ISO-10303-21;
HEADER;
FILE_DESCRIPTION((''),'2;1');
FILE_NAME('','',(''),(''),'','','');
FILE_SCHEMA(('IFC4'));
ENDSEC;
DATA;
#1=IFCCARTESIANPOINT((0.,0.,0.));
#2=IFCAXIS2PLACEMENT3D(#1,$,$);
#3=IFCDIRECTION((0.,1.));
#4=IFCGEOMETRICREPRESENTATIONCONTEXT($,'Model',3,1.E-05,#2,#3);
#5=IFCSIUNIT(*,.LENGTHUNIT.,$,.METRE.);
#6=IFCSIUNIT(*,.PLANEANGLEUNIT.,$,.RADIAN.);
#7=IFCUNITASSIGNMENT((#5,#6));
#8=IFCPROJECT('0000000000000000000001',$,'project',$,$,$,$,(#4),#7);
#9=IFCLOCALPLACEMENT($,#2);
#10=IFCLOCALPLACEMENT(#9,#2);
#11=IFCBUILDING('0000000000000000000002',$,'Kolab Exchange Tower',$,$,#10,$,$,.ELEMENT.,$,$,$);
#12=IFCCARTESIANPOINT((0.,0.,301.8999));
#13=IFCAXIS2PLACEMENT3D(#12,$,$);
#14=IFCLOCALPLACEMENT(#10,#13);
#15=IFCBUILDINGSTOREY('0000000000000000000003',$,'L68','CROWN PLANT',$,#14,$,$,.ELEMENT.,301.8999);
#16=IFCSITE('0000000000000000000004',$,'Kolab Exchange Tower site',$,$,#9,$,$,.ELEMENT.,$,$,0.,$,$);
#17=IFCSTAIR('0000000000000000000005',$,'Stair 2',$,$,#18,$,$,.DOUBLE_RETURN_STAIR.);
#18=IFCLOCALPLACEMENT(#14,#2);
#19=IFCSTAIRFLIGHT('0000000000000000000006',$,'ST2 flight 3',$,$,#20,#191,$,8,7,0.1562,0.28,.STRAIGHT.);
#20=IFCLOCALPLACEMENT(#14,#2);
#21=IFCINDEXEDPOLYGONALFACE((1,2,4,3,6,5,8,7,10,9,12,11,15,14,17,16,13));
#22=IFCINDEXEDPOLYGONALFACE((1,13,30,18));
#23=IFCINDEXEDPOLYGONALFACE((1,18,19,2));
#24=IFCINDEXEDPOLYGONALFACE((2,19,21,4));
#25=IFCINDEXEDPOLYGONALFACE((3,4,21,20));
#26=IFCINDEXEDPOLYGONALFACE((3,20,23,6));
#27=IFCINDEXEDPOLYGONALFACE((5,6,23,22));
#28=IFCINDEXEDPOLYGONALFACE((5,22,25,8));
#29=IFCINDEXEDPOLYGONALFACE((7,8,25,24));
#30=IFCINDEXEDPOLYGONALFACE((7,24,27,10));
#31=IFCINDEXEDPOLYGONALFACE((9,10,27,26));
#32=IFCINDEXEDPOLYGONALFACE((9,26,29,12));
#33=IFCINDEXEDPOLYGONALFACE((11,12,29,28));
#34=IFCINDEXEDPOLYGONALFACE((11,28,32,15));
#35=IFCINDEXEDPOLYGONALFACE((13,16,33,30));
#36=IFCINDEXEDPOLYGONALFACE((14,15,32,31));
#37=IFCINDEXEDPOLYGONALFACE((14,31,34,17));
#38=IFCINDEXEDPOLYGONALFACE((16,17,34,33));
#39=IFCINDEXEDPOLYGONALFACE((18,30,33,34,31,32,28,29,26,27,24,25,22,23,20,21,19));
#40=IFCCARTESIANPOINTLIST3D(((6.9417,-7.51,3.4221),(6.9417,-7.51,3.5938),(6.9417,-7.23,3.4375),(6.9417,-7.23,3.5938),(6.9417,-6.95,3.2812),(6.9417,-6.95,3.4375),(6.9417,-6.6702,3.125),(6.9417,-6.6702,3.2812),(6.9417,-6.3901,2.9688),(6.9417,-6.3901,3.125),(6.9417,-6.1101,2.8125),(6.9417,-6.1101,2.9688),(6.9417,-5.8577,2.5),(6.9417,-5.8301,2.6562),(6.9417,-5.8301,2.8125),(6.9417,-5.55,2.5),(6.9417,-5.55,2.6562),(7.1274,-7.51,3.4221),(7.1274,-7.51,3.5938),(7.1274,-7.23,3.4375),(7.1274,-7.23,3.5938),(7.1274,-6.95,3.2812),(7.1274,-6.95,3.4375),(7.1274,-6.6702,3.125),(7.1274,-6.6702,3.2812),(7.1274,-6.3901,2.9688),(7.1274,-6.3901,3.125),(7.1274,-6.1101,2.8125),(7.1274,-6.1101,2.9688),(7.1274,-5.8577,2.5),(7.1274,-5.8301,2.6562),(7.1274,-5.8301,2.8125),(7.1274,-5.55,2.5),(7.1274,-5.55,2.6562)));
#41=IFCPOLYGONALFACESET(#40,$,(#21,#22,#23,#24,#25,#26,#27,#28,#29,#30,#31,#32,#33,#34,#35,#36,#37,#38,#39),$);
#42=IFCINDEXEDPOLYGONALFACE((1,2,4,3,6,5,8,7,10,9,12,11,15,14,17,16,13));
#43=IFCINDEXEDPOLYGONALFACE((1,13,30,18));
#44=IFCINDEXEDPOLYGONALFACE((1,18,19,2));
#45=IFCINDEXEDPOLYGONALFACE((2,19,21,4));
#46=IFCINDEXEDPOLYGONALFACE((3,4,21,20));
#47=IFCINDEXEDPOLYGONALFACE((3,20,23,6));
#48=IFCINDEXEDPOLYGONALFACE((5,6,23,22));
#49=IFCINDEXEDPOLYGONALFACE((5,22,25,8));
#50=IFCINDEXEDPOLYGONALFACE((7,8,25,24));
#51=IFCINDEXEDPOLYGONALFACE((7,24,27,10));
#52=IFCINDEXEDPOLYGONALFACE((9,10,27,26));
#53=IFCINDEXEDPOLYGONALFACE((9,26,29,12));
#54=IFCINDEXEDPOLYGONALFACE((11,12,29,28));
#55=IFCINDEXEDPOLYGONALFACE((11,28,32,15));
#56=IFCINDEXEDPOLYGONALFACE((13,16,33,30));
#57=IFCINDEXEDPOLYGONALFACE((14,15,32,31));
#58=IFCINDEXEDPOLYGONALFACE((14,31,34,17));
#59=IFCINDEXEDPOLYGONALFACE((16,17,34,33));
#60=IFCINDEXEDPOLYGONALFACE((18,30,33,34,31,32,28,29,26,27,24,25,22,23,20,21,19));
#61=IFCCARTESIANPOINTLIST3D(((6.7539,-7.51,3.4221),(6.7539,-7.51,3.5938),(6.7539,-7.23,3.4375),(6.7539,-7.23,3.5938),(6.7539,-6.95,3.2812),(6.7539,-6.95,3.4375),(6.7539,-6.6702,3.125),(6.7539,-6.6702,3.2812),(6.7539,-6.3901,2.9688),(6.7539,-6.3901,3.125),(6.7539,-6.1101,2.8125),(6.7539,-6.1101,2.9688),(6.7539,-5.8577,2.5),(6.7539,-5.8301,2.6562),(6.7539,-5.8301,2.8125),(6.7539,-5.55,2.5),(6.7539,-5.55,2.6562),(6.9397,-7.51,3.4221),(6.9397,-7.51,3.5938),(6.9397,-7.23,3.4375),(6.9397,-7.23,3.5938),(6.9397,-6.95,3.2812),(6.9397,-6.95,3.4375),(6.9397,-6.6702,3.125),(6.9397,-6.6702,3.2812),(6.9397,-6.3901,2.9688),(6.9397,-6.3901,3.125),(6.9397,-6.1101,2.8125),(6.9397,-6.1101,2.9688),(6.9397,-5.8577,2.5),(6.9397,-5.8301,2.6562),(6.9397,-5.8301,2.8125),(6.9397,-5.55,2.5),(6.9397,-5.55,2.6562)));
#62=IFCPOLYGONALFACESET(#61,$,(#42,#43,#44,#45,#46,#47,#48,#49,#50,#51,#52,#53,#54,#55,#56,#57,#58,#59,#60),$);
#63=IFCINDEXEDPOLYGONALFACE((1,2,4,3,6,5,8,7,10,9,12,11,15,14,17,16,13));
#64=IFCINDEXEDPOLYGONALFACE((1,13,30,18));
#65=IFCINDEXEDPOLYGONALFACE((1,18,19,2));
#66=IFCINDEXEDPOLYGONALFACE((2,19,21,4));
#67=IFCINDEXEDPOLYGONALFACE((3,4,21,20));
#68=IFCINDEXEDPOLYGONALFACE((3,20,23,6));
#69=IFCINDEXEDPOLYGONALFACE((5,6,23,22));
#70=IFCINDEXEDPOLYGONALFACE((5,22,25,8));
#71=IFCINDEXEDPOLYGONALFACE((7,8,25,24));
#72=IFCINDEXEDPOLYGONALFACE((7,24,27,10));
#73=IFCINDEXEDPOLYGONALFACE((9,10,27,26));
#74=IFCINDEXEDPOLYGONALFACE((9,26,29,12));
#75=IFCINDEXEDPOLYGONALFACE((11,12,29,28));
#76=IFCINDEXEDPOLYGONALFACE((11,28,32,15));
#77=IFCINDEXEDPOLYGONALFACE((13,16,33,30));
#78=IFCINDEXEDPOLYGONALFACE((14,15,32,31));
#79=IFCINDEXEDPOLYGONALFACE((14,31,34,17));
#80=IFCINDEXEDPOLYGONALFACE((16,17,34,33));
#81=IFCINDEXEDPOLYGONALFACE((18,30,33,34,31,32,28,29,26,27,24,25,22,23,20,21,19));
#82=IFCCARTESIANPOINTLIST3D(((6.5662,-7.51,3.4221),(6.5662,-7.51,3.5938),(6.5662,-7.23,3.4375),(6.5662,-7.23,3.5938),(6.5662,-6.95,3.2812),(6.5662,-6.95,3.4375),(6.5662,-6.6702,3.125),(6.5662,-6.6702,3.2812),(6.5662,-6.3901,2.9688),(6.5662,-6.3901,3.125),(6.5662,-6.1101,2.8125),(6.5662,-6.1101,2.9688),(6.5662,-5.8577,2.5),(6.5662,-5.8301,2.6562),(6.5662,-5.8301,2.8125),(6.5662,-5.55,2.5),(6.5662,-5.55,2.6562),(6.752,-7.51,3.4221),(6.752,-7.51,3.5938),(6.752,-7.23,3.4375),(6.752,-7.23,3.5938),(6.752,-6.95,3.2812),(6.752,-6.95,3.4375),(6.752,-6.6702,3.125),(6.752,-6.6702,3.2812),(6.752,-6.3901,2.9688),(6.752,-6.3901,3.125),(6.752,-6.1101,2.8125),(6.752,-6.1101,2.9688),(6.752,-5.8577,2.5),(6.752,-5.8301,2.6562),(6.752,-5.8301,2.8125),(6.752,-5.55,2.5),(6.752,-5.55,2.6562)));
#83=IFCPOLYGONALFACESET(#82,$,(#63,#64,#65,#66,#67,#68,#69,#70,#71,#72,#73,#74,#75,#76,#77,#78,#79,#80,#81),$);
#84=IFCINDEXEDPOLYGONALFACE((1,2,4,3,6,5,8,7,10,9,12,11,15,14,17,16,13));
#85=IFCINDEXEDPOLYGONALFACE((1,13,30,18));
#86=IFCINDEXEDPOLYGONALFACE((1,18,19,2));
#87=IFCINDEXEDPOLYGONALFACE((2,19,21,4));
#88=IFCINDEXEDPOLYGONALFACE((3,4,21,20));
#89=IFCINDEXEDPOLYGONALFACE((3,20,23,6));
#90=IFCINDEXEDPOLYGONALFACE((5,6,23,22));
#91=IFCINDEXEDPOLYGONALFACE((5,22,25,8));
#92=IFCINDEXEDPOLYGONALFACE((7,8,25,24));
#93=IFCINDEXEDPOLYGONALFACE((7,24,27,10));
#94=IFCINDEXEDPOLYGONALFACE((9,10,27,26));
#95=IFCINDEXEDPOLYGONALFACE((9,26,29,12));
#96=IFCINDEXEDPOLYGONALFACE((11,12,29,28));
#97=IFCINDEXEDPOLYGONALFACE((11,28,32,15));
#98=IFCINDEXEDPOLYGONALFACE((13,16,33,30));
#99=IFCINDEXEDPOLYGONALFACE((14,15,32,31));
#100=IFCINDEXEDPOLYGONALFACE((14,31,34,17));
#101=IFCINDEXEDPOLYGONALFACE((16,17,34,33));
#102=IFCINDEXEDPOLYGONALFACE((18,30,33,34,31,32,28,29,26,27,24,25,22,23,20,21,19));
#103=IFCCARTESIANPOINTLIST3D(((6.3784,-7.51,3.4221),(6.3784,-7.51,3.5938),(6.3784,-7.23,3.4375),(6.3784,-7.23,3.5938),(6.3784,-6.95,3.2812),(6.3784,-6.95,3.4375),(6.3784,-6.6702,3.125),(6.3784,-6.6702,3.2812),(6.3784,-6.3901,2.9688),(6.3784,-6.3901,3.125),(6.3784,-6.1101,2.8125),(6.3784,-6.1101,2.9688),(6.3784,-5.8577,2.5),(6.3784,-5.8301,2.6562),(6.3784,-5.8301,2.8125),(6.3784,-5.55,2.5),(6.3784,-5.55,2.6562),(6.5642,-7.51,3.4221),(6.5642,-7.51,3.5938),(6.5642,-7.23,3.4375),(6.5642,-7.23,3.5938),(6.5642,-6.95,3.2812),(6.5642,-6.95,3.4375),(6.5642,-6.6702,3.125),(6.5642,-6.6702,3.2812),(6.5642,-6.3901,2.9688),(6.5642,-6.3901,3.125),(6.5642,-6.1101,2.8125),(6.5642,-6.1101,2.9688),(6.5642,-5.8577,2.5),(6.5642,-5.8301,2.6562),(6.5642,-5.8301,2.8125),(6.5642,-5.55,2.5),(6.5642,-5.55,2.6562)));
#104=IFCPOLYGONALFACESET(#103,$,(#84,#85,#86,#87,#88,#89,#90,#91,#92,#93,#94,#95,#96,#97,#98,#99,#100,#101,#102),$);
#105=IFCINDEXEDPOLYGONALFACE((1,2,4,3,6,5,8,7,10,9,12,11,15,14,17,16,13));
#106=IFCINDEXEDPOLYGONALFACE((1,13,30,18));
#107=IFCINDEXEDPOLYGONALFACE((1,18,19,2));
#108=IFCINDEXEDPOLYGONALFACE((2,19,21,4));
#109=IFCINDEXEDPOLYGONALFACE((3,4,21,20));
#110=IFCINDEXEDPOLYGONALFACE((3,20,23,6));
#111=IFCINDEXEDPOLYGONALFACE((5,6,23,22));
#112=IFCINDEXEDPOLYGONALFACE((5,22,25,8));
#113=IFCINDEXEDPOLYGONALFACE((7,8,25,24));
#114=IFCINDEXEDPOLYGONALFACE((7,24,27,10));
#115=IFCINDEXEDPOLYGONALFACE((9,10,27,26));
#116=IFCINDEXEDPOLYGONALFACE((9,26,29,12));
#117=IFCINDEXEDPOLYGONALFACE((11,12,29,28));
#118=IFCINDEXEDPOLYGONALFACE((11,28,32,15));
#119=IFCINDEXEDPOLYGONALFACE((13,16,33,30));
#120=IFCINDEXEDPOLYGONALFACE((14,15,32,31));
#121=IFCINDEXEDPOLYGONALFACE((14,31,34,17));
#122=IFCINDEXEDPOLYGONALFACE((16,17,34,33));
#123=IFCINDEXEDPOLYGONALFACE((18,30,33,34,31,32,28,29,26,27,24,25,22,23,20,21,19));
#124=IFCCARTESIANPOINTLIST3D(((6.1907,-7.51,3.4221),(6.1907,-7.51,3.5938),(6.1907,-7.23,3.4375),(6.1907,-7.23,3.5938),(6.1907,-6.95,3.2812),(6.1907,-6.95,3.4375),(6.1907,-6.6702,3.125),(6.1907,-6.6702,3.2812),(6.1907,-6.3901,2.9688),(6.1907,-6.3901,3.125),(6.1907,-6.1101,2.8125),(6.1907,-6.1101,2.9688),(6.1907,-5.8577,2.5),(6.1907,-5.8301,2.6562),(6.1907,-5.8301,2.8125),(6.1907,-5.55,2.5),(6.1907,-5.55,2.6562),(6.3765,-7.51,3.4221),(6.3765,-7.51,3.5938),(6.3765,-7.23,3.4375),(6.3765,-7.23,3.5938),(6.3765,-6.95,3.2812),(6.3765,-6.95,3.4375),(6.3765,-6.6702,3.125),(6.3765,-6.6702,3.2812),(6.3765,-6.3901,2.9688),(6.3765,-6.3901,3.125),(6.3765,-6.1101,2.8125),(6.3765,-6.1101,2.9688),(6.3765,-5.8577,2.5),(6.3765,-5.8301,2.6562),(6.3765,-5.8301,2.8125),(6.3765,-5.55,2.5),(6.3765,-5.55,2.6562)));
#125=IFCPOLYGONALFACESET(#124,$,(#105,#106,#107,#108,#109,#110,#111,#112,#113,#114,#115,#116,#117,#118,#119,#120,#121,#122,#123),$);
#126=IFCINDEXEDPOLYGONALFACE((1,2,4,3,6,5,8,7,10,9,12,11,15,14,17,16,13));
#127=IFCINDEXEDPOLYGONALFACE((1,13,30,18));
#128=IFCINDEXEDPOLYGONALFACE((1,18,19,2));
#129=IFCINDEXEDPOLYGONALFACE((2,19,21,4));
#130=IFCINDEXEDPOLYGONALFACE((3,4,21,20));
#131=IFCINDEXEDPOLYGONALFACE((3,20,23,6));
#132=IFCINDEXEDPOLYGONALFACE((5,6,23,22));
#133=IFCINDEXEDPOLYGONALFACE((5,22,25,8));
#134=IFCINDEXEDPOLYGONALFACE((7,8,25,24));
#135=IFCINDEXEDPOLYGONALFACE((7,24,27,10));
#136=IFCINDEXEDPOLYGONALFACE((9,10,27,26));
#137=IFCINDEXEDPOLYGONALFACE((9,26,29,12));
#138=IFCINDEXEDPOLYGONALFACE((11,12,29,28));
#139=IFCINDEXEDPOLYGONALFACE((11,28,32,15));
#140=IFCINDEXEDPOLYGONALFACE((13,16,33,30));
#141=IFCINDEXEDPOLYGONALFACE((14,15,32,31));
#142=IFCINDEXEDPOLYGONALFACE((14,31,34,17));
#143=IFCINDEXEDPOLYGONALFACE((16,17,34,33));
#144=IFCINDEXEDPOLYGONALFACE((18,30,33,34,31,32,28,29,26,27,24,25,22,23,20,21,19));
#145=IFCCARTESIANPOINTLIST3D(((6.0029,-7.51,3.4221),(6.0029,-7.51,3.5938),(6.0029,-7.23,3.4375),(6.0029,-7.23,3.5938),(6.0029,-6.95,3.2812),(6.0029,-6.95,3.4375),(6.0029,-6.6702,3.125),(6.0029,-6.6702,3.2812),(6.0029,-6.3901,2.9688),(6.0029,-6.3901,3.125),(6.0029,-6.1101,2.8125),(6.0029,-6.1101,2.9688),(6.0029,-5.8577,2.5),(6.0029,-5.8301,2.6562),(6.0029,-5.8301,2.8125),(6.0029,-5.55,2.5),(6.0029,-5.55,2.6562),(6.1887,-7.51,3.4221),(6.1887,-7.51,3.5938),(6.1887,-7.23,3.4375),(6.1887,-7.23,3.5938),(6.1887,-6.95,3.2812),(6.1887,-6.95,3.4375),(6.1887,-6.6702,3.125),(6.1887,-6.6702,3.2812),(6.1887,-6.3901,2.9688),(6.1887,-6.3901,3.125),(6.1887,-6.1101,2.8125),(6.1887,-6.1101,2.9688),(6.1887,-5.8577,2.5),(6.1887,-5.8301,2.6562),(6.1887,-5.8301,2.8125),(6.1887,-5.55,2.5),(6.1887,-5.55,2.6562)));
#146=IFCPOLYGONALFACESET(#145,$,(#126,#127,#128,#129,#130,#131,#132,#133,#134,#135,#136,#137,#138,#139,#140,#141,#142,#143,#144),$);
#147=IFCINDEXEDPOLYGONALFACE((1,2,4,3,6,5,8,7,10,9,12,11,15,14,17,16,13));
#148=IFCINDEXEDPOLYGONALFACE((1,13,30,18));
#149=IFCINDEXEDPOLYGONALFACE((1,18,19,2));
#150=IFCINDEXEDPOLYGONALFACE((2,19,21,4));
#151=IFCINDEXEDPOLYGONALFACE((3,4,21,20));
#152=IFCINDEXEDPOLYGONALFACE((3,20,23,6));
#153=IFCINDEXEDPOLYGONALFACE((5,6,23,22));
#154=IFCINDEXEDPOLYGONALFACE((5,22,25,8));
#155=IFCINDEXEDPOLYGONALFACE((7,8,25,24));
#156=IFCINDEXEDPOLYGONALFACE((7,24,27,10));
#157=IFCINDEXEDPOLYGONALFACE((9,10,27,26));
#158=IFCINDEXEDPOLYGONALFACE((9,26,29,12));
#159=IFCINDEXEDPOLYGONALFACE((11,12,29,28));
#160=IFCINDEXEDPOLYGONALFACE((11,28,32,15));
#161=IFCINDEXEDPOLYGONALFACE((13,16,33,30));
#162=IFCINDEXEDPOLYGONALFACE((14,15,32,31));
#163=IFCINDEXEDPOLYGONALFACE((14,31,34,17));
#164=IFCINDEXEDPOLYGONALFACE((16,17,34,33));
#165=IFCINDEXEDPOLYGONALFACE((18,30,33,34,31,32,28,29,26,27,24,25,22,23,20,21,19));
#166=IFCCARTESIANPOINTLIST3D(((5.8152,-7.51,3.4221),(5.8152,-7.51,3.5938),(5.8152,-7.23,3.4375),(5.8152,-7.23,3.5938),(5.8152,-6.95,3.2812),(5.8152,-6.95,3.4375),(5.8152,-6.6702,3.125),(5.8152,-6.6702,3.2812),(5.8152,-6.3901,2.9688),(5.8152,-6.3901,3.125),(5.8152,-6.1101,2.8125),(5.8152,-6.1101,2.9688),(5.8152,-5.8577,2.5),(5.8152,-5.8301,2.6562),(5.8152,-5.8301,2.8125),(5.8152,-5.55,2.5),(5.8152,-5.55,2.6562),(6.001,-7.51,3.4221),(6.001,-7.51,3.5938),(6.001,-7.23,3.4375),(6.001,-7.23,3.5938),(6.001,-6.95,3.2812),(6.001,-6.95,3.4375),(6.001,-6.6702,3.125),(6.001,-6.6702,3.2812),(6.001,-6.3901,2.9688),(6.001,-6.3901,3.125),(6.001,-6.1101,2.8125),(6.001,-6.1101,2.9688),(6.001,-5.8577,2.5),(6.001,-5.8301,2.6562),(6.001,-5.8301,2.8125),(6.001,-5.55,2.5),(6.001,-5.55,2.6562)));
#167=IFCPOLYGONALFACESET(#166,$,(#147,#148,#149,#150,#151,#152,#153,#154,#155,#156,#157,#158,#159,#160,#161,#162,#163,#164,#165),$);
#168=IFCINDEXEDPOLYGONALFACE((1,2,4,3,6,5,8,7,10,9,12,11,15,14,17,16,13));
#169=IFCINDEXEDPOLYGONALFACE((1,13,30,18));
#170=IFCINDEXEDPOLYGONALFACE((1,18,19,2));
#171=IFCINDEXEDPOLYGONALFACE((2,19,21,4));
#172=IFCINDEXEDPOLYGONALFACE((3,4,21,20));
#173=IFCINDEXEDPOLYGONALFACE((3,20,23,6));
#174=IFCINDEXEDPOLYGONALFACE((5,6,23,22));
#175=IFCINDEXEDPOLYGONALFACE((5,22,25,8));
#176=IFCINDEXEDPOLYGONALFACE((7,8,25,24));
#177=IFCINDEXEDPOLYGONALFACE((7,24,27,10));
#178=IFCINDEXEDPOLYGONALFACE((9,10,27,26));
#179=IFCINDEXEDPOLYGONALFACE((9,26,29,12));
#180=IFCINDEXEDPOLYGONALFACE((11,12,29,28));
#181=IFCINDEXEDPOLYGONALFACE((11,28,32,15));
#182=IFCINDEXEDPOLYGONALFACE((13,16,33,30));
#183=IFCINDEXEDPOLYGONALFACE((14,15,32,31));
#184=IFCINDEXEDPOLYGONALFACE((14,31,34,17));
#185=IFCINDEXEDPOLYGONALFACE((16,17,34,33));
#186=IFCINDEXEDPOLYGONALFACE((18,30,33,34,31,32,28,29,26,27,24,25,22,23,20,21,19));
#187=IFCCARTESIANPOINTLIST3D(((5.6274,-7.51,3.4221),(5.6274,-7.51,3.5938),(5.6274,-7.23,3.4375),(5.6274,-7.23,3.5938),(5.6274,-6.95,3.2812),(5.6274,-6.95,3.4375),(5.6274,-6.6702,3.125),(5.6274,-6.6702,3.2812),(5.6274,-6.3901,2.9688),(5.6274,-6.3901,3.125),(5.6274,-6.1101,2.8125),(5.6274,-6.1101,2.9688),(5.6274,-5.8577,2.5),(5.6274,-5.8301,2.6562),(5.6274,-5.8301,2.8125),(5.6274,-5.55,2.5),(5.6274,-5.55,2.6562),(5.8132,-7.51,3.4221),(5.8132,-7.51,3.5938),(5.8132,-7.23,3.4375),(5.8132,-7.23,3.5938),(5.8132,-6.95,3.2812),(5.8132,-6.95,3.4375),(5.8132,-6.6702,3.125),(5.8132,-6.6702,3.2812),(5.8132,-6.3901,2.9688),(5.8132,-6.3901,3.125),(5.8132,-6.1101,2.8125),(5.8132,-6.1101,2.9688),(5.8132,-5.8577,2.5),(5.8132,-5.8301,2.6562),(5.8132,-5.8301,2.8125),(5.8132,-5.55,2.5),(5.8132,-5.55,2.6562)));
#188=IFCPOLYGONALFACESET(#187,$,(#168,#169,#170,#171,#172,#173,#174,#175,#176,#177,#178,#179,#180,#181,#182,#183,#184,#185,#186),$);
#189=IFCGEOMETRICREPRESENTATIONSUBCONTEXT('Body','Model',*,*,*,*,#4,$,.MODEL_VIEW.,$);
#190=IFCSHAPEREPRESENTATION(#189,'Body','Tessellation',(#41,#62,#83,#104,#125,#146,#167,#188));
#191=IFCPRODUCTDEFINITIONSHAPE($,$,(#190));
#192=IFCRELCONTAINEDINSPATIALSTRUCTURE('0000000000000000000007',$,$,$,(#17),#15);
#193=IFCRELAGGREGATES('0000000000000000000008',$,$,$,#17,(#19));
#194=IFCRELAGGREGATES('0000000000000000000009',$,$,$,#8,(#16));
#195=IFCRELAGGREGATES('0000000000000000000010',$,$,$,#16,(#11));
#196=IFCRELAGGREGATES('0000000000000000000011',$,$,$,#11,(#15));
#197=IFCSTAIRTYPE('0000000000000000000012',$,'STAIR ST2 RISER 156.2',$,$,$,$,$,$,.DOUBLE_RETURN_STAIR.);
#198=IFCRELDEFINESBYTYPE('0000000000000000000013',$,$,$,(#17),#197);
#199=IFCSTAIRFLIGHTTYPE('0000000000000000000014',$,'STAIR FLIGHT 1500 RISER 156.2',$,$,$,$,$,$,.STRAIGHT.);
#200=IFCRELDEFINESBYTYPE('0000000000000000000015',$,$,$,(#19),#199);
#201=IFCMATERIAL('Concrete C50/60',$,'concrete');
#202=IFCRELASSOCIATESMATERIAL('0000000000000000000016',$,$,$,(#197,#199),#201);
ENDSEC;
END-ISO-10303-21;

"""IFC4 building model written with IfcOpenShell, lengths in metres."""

from ifc_helpers import new_model, si_unit, direction, frame, origin, place, context, subcontext, project, spatial, polyline, outline, extrude, material, type_object, element, aggregate, save


model = new_model("IFC4")

# Units and contexts
model_context = context("Model", 3, precision=1e-05, world=origin(), true_north=direction((0.0, 1.0)))
body_context = subcontext(model_context, "Body", "Model", "MODEL_VIEW")
ifc_project = project(units=[si_unit("LENGTHUNIT", "METRE"), si_unit("PLANEANGLEUNIT", "RADIAN")], contexts=[model_context])

# Site, building, storey
site_placement = place(None, origin())
site = spatial("IfcSite", under=ifc_project, at=site_placement, Name="Kolab Exchange Tower site", CompositionType="ELEMENT", RefElevation=0.0)
building_placement = place(site_placement, origin())
building = spatial("IfcBuilding", under=site, at=building_placement, Name="Kolab Exchange Tower", CompositionType="ELEMENT")
storey_placement = place(building_placement, frame((0.0, 0.0, 301.8999)))
storey = spatial("IfcBuildingStorey", under=building, at=storey_placement, Name="L68", Description="CROWN PLANT", CompositionType="ELEMENT", Elevation=301.8999)

# Shared definitions
ifc_material_1 = material(Name="Concrete C50/60", Category="concrete")

# Stair, stair flight
stair_type_1 = type_object("IfcStairType", Name="STAIR ST2 RISER 156.2", PredefinedType="DOUBLE_RETURN_STAIR", material=ifc_material_1)
stair_1_placement = place(storey_placement, origin())
stair_1 = element("IfcStair", 1, at=stair_1_placement, inside=storey, type_object=stair_type_1, Name="Stair 2", PredefinedType="DOUBLE_RETURN_STAIR")
stair_flight_type = type_object("IfcStairFlightType", Name="STAIR FLIGHT 1500 RISER 156.2", PredefinedType="STRAIGHT", material=ifc_material_1)
stair_flight_1_placement = place(storey_placement, frame((6.3774, -5.55, 2.5), z_axis=(0.0, 0.0, 1.0), x_axis=(0.0, -1.0, 0.0)))
stair_flight_1 = element("IfcStairFlight", 2, at=stair_flight_1_placement, type_object=stair_flight_type, Name="ST2 flight 3", NumberOfRisers=8, NumberOfTreads=7, PredefinedType="STRAIGHT", RiserHeight=0.1562, TreadLength=0.28, context=body_context, shape_type="SweptSolid", body=[
    extrude(outline(polyline([(0.0, 0.0), (0.0, 0.1562), (0.28, 0.1562), (0.28, 0.3125), (0.5601, 0.3125), (0.5601, 0.4688), (0.8401, 0.4688), (0.8401, 0.625), (1.1201, 0.625), (1.1201, 0.7812), (1.3999, 0.7812), (1.3999, 0.9375), (1.6799, 0.9375), (1.6799, 1.0938), (1.96, 1.0938), (1.96, 1.25), (1.96, 0.9221), (0.3076, 0.0), (0.0, 0.0)])), frame((0.0, 0.75, 0.0), z_axis=(0.0, -1.0, 0.0), x_axis=(1.0, 0.0, 0.0)), (0.0, 0.0, 1.0), 0.1858),
    extrude(outline(polyline([(0.0, 0.0), (0.0, 0.1562), (0.28, 0.1562), (0.28, 0.3125), (0.5601, 0.3125), (0.5601, 0.4688), (0.8401, 0.4688), (0.8401, 0.625), (1.1201, 0.625), (1.1201, 0.7812), (1.3999, 0.7812), (1.3999, 0.9375), (1.6799, 0.9375), (1.6799, 1.0938), (1.96, 1.0938), (1.96, 1.25), (1.96, 0.9221), (0.3076, 0.0), (0.0, 0.0)])), frame((0.0, 0.5623, 0.0), z_axis=(0.0, -1.0, 0.0), x_axis=(1.0, 0.0, 0.0)), (0.0, 0.0, 1.0), 0.1858),
    extrude(outline(polyline([(0.0, 0.0), (0.0, 0.1562), (0.28, 0.1562), (0.28, 0.3125), (0.5601, 0.3125), (0.5601, 0.4688), (0.8401, 0.4688), (0.8401, 0.625), (1.1201, 0.625), (1.1201, 0.7812), (1.3999, 0.7812), (1.3999, 0.9375), (1.6799, 0.9375), (1.6799, 1.0938), (1.96, 1.0938), (1.96, 1.25), (1.96, 0.9221), (0.3076, 0.0), (0.0, 0.0)])), frame((0.0, 0.3745, 0.0), z_axis=(0.0, -1.0, 0.0), x_axis=(1.0, 0.0, 0.0)), (0.0, 0.0, 1.0), 0.1858),
    extrude(outline(polyline([(0.0, 0.0), (0.0, 0.1562), (0.28, 0.1562), (0.28, 0.3125), (0.5601, 0.3125), (0.5601, 0.4688), (0.8401, 0.4688), (0.8401, 0.625), (1.1201, 0.625), (1.1201, 0.7812), (1.3999, 0.7812), (1.3999, 0.9375), (1.6799, 0.9375), (1.6799, 1.0938), (1.96, 1.0938), (1.96, 1.25), (1.96, 0.9221), (0.3076, 0.0), (0.0, 0.0)])), frame((0.0, 0.1868, 0.0), z_axis=(0.0, -1.0, 0.0), x_axis=(1.0, 0.0, 0.0)), (0.0, 0.0, 1.0), 0.1858),
    extrude(outline(polyline([(0.0, 0.0), (0.0, 0.1562), (0.28, 0.1562), (0.28, 0.3125), (0.5601, 0.3125), (0.5601, 0.4688), (0.8401, 0.4688), (0.8401, 0.625), (1.1201, 0.625), (1.1201, 0.7812), (1.3999, 0.7812), (1.3999, 0.9375), (1.6799, 0.9375), (1.6799, 1.0938), (1.96, 1.0938), (1.96, 1.25), (1.96, 0.9221), (0.3076, 0.0), (0.0, 0.0)])), frame((0.0, -0.001, 0.0), z_axis=(0.0, -1.0, 0.0), x_axis=(1.0, 0.0, 0.0)), (0.0, 0.0, 1.0), 0.1858),
    extrude(outline(polyline([(0.0, 0.0), (0.0, 0.1562), (0.28, 0.1562), (0.28, 0.3125), (0.5601, 0.3125), (0.5601, 0.4688), (0.8401, 0.4688), (0.8401, 0.625), (1.1201, 0.625), (1.1201, 0.7812), (1.3999, 0.7812), (1.3999, 0.9375), (1.6799, 0.9375), (1.6799, 1.0938), (1.96, 1.0938), (1.96, 1.25), (1.96, 0.9221), (0.3076, 0.0), (0.0, 0.0)])), frame((0.0, -0.1887, 0.0), z_axis=(0.0, -1.0, 0.0), x_axis=(1.0, 0.0, 0.0)), (0.0, 0.0, 1.0), 0.1858),
    extrude(outline(polyline([(0.0, 0.0), (0.0, 0.1562), (0.28, 0.1562), (0.28, 0.3125), (0.5601, 0.3125), (0.5601, 0.4688), (0.8401, 0.4688), (0.8401, 0.625), (1.1201, 0.625), (1.1201, 0.7812), (1.3999, 0.7812), (1.3999, 0.9375), (1.6799, 0.9375), (1.6799, 1.0938), (1.96, 1.0938), (1.96, 1.25), (1.96, 0.9221), (0.3076, 0.0), (0.0, 0.0)])), frame((0.0, -0.3765, 0.0), z_axis=(0.0, -1.0, 0.0), x_axis=(1.0, 0.0, 0.0)), (0.0, 0.0, 1.0), 0.1858),
    extrude(outline(polyline([(0.0, 0.0), (0.0, 0.1562), (0.28, 0.1562), (0.28, 0.3125), (0.5601, 0.3125), (0.5601, 0.4688), (0.8401, 0.4688), (0.8401, 0.625), (1.1201, 0.625), (1.1201, 0.7812), (1.3999, 0.7812), (1.3999, 0.9375), (1.6799, 0.9375), (1.6799, 1.0938), (1.96, 1.0938), (1.96, 1.25), (1.96, 0.9221), (0.3076, 0.0), (0.0, 0.0)])), frame((0.0, -0.5642, 0.0), z_axis=(0.0, -1.0, 0.0), x_axis=(1.0, 0.0, 0.0)), (0.0, 0.0, 1.0), 0.1858),
])
aggregate(stair_1, [stair_flight_1])

save(model, "model.ifc")
